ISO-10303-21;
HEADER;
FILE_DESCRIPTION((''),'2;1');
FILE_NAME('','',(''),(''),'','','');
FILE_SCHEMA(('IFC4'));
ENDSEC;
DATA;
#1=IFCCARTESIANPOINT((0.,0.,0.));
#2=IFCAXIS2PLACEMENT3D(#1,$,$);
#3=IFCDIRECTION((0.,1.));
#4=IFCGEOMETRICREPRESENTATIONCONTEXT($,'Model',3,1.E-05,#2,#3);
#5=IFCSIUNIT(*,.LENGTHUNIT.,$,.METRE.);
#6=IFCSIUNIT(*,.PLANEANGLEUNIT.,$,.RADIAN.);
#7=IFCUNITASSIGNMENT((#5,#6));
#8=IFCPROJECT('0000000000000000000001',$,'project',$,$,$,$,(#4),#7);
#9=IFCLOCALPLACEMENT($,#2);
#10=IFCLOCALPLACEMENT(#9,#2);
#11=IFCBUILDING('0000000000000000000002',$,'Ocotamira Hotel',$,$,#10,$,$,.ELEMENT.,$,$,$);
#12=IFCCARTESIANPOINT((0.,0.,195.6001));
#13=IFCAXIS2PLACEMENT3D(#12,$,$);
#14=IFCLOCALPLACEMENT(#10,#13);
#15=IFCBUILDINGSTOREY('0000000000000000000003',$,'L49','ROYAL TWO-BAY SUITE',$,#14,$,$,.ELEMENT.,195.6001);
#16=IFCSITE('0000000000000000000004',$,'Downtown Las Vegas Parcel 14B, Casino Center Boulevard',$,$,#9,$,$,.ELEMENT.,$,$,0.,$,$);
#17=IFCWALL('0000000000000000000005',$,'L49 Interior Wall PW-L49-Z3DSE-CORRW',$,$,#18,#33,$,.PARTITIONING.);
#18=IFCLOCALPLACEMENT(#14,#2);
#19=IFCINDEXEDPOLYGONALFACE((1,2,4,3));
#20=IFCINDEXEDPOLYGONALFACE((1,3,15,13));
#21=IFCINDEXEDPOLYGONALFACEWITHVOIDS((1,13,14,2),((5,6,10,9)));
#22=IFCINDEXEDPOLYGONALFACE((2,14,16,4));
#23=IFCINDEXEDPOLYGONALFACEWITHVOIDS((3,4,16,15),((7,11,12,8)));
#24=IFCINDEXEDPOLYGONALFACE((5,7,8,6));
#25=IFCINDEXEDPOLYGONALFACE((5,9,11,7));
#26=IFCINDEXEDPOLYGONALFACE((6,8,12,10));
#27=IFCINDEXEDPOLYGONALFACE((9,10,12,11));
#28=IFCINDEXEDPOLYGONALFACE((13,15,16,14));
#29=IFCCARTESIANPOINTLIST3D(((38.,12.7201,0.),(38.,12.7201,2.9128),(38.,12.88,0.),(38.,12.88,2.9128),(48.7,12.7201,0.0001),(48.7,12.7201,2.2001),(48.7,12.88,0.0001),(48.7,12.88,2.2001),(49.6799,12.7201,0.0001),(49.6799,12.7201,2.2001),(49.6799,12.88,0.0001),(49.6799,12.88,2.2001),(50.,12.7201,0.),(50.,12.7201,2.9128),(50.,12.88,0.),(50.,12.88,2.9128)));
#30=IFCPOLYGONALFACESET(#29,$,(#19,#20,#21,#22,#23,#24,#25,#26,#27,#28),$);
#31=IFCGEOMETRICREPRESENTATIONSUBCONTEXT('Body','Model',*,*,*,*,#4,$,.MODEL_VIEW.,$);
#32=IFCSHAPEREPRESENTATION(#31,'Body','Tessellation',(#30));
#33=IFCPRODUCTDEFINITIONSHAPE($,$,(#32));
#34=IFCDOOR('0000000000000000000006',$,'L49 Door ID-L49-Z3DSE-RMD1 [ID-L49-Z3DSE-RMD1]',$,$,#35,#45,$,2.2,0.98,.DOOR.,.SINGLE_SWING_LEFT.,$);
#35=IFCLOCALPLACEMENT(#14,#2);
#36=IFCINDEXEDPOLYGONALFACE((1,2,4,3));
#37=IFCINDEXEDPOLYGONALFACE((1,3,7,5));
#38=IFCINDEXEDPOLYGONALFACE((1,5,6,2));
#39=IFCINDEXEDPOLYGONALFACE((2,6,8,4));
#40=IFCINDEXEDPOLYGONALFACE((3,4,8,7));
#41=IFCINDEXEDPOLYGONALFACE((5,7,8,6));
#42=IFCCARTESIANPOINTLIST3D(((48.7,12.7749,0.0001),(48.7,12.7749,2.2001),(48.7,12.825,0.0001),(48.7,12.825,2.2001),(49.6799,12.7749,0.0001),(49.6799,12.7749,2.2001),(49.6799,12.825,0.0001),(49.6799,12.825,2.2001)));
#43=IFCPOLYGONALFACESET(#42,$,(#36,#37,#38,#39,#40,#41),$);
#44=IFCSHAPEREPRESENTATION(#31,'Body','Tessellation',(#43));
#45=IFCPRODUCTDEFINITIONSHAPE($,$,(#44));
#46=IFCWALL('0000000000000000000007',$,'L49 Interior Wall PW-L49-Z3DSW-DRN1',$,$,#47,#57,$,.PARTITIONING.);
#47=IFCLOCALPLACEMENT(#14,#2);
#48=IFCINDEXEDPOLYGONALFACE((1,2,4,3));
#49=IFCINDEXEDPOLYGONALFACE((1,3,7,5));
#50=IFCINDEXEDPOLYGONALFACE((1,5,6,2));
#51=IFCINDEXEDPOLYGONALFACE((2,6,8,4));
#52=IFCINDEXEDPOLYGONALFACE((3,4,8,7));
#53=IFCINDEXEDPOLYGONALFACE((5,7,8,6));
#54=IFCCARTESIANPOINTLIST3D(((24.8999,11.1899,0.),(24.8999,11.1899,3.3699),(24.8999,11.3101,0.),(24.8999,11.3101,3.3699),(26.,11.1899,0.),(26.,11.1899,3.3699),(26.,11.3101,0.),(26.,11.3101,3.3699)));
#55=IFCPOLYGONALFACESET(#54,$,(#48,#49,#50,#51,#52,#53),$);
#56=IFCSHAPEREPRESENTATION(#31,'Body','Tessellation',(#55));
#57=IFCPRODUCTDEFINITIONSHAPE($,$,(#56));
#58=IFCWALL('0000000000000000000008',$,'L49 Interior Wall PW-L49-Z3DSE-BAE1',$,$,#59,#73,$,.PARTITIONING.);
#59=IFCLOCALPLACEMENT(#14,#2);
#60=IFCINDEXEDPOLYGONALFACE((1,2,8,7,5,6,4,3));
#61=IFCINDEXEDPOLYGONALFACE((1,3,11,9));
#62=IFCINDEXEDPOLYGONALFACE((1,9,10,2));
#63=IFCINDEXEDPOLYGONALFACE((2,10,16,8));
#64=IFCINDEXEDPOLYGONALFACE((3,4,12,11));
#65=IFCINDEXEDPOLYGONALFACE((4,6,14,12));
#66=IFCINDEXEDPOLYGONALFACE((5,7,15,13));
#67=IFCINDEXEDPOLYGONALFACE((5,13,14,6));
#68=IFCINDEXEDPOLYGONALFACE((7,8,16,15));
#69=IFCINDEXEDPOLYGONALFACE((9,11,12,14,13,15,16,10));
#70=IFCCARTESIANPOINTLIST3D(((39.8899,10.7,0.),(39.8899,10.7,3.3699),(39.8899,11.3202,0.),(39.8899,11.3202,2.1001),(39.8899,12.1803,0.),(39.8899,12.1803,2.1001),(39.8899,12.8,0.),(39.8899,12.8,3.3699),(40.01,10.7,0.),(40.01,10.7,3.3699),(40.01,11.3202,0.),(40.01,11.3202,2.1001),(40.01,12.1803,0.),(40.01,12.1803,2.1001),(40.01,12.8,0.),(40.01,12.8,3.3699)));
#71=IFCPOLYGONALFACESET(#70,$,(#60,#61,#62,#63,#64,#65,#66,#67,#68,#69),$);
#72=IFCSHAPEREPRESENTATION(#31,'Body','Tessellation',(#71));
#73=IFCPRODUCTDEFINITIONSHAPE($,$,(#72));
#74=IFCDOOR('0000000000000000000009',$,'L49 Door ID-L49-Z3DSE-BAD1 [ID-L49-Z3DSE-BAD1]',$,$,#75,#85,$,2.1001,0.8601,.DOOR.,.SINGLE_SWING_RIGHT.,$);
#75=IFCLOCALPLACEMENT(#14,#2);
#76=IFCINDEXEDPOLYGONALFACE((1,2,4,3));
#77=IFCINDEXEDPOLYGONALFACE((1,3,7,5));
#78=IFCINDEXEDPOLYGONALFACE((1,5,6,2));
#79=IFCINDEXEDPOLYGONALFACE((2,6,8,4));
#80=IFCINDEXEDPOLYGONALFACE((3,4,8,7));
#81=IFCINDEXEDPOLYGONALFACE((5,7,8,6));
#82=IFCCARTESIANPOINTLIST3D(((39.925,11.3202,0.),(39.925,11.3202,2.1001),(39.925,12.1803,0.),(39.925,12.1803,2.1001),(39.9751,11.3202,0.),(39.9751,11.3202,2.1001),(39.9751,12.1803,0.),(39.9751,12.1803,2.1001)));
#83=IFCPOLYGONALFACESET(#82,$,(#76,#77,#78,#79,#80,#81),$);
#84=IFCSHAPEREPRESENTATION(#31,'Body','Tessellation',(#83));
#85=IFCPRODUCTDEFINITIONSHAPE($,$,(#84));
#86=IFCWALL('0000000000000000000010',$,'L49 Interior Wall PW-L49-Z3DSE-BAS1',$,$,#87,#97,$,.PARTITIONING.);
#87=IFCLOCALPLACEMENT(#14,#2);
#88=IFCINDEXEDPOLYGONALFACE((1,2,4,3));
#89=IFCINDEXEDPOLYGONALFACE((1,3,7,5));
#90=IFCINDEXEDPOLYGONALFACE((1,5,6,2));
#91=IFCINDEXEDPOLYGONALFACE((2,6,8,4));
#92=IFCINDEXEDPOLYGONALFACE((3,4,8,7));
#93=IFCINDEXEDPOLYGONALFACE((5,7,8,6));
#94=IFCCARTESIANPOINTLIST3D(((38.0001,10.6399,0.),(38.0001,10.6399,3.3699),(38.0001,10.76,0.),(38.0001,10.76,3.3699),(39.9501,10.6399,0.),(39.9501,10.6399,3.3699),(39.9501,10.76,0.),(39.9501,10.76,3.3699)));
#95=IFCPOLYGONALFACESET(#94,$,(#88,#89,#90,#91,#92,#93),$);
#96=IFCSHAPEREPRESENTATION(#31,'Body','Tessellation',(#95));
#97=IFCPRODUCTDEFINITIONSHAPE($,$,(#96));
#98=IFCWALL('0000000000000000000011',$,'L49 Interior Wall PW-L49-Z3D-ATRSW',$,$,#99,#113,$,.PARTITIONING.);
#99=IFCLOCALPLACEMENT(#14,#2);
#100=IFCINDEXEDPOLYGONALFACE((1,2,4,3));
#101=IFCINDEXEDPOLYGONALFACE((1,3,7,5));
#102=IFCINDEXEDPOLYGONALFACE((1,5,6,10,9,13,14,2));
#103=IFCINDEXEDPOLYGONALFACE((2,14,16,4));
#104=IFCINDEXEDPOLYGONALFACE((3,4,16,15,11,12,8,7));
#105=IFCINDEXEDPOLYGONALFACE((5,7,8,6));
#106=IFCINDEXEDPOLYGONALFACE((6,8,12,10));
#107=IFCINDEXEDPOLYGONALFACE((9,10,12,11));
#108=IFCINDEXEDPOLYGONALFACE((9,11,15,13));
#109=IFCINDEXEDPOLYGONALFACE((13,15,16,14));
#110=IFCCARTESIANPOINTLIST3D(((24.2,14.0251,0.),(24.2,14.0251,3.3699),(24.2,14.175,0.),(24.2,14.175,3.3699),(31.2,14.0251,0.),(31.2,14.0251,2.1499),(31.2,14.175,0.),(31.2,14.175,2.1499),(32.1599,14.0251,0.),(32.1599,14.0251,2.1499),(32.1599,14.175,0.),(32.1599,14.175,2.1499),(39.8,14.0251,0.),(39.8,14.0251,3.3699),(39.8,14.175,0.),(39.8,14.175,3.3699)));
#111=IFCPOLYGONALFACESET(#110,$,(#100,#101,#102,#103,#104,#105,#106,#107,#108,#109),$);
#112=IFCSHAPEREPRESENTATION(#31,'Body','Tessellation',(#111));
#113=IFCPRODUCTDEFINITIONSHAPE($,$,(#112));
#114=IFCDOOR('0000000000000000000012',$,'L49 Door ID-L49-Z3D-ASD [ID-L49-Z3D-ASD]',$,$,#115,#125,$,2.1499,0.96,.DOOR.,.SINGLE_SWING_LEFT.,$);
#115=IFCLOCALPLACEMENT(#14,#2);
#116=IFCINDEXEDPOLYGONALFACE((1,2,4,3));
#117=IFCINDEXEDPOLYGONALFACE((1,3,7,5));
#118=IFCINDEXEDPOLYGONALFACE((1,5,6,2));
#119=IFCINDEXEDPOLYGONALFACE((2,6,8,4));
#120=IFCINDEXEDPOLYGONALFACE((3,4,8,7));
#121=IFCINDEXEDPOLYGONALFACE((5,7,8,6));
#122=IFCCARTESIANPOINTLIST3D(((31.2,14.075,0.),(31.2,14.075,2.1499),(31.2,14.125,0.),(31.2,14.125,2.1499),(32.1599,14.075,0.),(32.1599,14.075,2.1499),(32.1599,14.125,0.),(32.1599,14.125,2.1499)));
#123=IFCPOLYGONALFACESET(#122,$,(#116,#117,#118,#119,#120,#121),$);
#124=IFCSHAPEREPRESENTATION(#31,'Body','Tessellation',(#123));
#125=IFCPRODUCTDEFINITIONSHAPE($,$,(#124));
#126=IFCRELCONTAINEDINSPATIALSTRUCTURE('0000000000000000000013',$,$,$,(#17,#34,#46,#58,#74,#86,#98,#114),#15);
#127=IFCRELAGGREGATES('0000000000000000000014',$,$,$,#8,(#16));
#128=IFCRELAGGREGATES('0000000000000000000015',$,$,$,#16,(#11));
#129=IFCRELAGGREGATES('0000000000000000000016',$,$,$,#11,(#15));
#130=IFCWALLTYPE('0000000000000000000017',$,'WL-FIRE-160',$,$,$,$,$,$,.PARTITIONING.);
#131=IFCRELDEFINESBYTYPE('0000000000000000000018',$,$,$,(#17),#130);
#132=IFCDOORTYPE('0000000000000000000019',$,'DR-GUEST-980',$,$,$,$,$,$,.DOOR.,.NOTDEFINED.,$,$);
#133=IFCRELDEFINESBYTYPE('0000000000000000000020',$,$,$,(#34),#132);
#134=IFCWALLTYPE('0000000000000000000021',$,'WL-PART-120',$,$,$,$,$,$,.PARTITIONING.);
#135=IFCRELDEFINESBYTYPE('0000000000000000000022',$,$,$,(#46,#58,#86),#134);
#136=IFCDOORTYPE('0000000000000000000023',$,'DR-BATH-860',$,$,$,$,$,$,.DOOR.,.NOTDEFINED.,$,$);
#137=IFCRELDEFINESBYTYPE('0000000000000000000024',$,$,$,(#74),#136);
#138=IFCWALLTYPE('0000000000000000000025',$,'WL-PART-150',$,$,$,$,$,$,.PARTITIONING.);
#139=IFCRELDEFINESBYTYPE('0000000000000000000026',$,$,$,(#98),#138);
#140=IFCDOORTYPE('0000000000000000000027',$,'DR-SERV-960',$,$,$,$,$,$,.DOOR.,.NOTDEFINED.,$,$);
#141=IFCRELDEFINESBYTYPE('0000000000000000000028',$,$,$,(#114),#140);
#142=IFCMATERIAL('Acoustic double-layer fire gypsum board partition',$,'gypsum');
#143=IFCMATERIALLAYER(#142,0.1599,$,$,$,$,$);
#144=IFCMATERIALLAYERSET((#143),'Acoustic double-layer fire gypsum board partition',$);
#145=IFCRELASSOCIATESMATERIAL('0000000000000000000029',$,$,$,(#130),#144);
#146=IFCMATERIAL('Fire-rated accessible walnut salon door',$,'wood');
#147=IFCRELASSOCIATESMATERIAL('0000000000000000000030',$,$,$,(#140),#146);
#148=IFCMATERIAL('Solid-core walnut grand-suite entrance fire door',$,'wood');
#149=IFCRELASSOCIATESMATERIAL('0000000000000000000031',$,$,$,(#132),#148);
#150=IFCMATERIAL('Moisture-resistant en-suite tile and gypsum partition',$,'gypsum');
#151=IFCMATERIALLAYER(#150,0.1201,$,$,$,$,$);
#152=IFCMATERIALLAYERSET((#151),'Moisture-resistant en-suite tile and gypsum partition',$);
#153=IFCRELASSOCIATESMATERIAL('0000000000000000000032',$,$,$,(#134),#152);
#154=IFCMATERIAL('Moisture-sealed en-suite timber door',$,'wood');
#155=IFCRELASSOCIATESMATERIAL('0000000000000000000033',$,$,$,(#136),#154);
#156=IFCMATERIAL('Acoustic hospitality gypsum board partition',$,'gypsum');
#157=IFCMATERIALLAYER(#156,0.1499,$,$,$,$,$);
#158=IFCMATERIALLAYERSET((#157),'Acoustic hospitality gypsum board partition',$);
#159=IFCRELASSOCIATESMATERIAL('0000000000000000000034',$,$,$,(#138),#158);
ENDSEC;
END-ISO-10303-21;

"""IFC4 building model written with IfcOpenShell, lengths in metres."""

from ifc_helpers import new_model, si_unit, direction, frame, frame_2d, origin, place, context, subcontext, project, spatial, rectangle, extrude, source, transform, mapped, material, layer, layer_set, type_object, element, fill, save


model = new_model("IFC4")

# Units and contexts
model_context = context("Model", 3, precision=1e-05, world=origin(), true_north=direction((0.0, 1.0)))
body_context = subcontext(model_context, "Body", "Model", "MODEL_VIEW")
ifc_project = project(units=[si_unit("LENGTHUNIT", "METRE"), si_unit("PLANEANGLEUNIT", "RADIAN")], contexts=[model_context])

# Site, building, storey
site_placement = place(None, origin())
site = spatial("IfcSite", under=ifc_project, at=site_placement, Name="Downtown Las Vegas Parcel 14B, Casino Center Boulevard", CompositionType="ELEMENT", RefElevation=0.0)
building_placement = place(site_placement, origin())
building = spatial("IfcBuilding", under=site, at=building_placement, Name="Ocotamira Hotel", CompositionType="ELEMENT")
storey_placement = place(building_placement, frame((0.0, 0.0, 195.6001)))
storey = spatial("IfcBuildingStorey", under=building, at=storey_placement, Name="L49", Description="ROYAL TWO-BAY SUITE", CompositionType="ELEMENT", Elevation=195.6001)

# Wall, opening, door
ifc_material_1 = material(Name="Acoustic double-layer fire gypsum board partition", Category="gypsum")
ifc_layer_1 = layer(ifc_material_1, 0.1599)
ifc_layer_set_1 = layer_set([ifc_layer_1], Name="Acoustic double-layer fire gypsum board partition")
wall_type_1 = type_object("IfcWallType", Name="WL-FIRE-160", PredefinedType="PARTITIONING", material=ifc_layer_set_1)
ifc_material_2 = material(Name="Fire-rated accessible walnut salon door", Category="wood")
door_type_1 = type_object("IfcDoorType", Name="DR-SERV-960", OperationType="NOTDEFINED", PredefinedType="DOOR", material=ifc_material_2)
shared_shape_1 = source(origin(), body_context, "Body", "SweptSolid", [
    extrude(rectangle(XDim=0.96, YDim=2.1499, at=frame_2d((0.48, 1.075))), frame((0.0, 0.0249, 0.0), z_axis=(0.0, -1.0, 0.0), x_axis=(1.0, 0.0, 0.0)), (0.0, 0.0, 1.0), 0.05),
])
wall_1_placement = place(storey_placement, frame((38.0, 12.8, 0.0), z_axis=(0.0, 0.0, 1.0), x_axis=(1.0, 0.0, 0.0)))
wall_1 = element("IfcWall", 1, at=wall_1_placement, inside=storey, type_object=wall_type_1, Name="L49 Interior Wall PW-L49-Z3DSE-CORRW", PredefinedType="PARTITIONING", context=body_context, shape_type="SweptSolid", body=[
    extrude(rectangle(XDim=12.0, YDim=0.1599, at=frame_2d((6.0, 0.0))), origin(), (0.0, 0.0, 1.0), 2.9128),
])
opening_1_placement = place(wall_1_placement, frame((10.7, 0.0, 0.0)))
opening_1 = element("IfcOpeningElement", 2, at=opening_1_placement, cuts=wall_1, PredefinedType="OPENING", context=body_context, shape_type="SweptSolid", body=[
    extrude(rectangle(XDim=0.98, YDim=2.2, at=frame_2d((0.49, 1.1001))), frame((0.0, 0.0898, 0.0), z_axis=(0.0, -1.0, 0.0), x_axis=(1.0, 0.0, 0.0)), (0.0, 0.0, 1.0), 0.1799),
])
ifc_material_3 = material(Name="Solid-core walnut grand-suite entrance fire door", Category="wood")
door_type_2 = type_object("IfcDoorType", Name="DR-GUEST-980", OperationType="NOTDEFINED", PredefinedType="DOOR", material=ifc_material_3)
shared_shape_2 = source(origin(), body_context, "Body", "SweptSolid", [
    extrude(rectangle(XDim=0.98, YDim=2.2, at=frame_2d((0.49, 1.1001))), frame((0.0, 0.0249, 0.0), z_axis=(0.0, -1.0, 0.0), x_axis=(1.0, 0.0, 0.0)), (0.0, 0.0, 1.0), 0.05),
])
door_1_placement = place(opening_1_placement, origin())
door_1 = element("IfcDoor", 3, at=door_1_placement, inside=storey, type_object=door_type_2, Name="L49 Door ID-L49-Z3DSE-RMD1 [ID-L49-Z3DSE-RMD1]", OperationType="SINGLE_SWING_LEFT", OverallHeight=2.2, OverallWidth=0.98, PredefinedType="DOOR", context=body_context, shape_type="MappedRepresentation", body=[
    mapped(shared_shape_2, transform((0.0, 0.0, 0.0), scale=1.0)),
])
fill(opening_1, door_1)

# Wall
ifc_material_4 = material(Name="Moisture-resistant en-suite tile and gypsum partition", Category="gypsum")
ifc_layer_2 = layer(ifc_material_4, 0.1201)
ifc_layer_set_2 = layer_set([ifc_layer_2], Name="Moisture-resistant en-suite tile and gypsum partition")
wall_type_2 = type_object("IfcWallType", Name="WL-PART-120", PredefinedType="PARTITIONING", material=ifc_layer_set_2)
wall_2_placement = place(storey_placement, frame((24.8999, 11.25, 0.0), z_axis=(0.0, 0.0, 1.0), x_axis=(1.0, 0.0, 0.0)))
element("IfcWall", 4, at=wall_2_placement, inside=storey, type_object=wall_type_2, Name="L49 Interior Wall PW-L49-Z3DSW-DRN1", PredefinedType="PARTITIONING", context=body_context, shape_type="SweptSolid", body=[
    extrude(rectangle(XDim=1.1001, YDim=0.1201, at=frame_2d((0.55, 0.0))), origin(), (0.0, 0.0, 1.0), 3.3699),
])

# Wall, opening, door
wall_3_placement = place(storey_placement, frame((39.95, 10.7, 0.0), z_axis=(0.0, 0.0, 1.0), x_axis=(0.0, 1.0, 0.0)))
wall_3 = element("IfcWall", 5, at=wall_3_placement, inside=storey, type_object=wall_type_2, Name="L49 Interior Wall PW-L49-Z3DSE-BAE1", PredefinedType="PARTITIONING", context=body_context, shape_type="SweptSolid", body=[
    extrude(rectangle(XDim=2.1001, YDim=0.1201, at=frame_2d((1.05, 0.0))), origin(), (0.0, 0.0, 1.0), 3.3699),
])
opening_2_placement = place(wall_3_placement, frame((0.6201, 0.0, 0.0)))
opening_2 = element("IfcOpeningElement", 6, at=opening_2_placement, cuts=wall_3, PredefinedType="OPENING", context=body_context, shape_type="SweptSolid", body=[
    extrude(rectangle(XDim=0.8601, YDim=2.1001, at=frame_2d((0.4302, 1.05))), frame((0.0, 0.0701, 0.0), z_axis=(0.0, -1.0, 0.0), x_axis=(1.0, 0.0, 0.0)), (0.0, 0.0, 1.0), 0.1401),
])
ifc_material_5 = material(Name="Moisture-sealed en-suite timber door", Category="wood")
door_type_3 = type_object("IfcDoorType", Name="DR-BATH-860", OperationType="NOTDEFINED", PredefinedType="DOOR", material=ifc_material_5)
shared_shape_3 = source(origin(), body_context, "Body", "SweptSolid", [
    extrude(rectangle(XDim=0.8601, YDim=2.1001, at=frame_2d((0.4302, 1.05))), frame((0.0, 0.0249, 0.0), z_axis=(0.0, -1.0, 0.0), x_axis=(1.0, 0.0, 0.0)), (0.0, 0.0, 1.0), 0.05),
])
door_2_placement = place(opening_2_placement, origin())
door_2 = element("IfcDoor", 7, at=door_2_placement, inside=storey, type_object=door_type_3, Name="L49 Door ID-L49-Z3DSE-BAD1 [ID-L49-Z3DSE-BAD1]", OperationType="SINGLE_SWING_RIGHT", OverallHeight=2.1001, OverallWidth=0.8601, PredefinedType="DOOR", context=body_context, shape_type="MappedRepresentation", body=[
    mapped(shared_shape_3, transform((0.0, 0.0, 0.0), scale=1.0)),
])
fill(opening_2, door_2)

# Wall
wall_4_placement = place(storey_placement, frame((38.0, 10.7, 0.0), z_axis=(0.0, 0.0, 1.0), x_axis=(1.0, 0.0, 0.0)))
element("IfcWall", 8, at=wall_4_placement, inside=storey, type_object=wall_type_2, Name="L49 Interior Wall PW-L49-Z3DSE-BAS1", PredefinedType="PARTITIONING", context=body_context, shape_type="SweptSolid", body=[
    extrude(rectangle(XDim=1.95, YDim=0.1201, at=frame_2d((0.9751, 0.0))), origin(), (0.0, 0.0, 1.0), 3.3699),
])

# Wall, opening, door
ifc_material_6 = material(Name="Acoustic hospitality gypsum board partition", Category="gypsum")
ifc_layer_3 = layer(ifc_material_6, 0.1499)
ifc_layer_set_3 = layer_set([ifc_layer_3], Name="Acoustic hospitality gypsum board partition")
wall_type_3 = type_object("IfcWallType", Name="WL-PART-150", PredefinedType="PARTITIONING", material=ifc_layer_set_3)
wall_5_placement = place(storey_placement, frame((24.2, 14.1001, 0.0), z_axis=(0.0, 0.0, 1.0), x_axis=(1.0, 0.0, 0.0)))
wall_5 = element("IfcWall", 9, at=wall_5_placement, inside=storey, type_object=wall_type_3, Name="L49 Interior Wall PW-L49-Z3D-ATRSW", PredefinedType="PARTITIONING", context=body_context, shape_type="SweptSolid", body=[
    extrude(rectangle(XDim=15.6001, YDim=0.1499, at=frame_2d((7.8, 0.0))), origin(), (0.0, 0.0, 1.0), 3.3699),
])
opening_3_placement = place(wall_5_placement, frame((7.0, 0.0, 0.0)))
opening_3 = element("IfcOpeningElement", 10, at=opening_3_placement, cuts=wall_5, PredefinedType="OPENING", context=body_context, shape_type="SweptSolid", body=[
    extrude(rectangle(XDim=0.96, YDim=2.1499, at=frame_2d((0.48, 1.075))), frame((0.0, 0.085, 0.0), z_axis=(0.0, -1.0, 0.0), x_axis=(1.0, 0.0, 0.0)), (0.0, 0.0, 1.0), 0.1699),
])
door_3_placement = place(opening_3_placement, origin())
door_3 = element("IfcDoor", 11, at=door_3_placement, inside=storey, type_object=door_type_1, Name="L49 Door ID-L49-Z3D-ASD [ID-L49-Z3D-ASD]", OperationType="SINGLE_SWING_LEFT", OverallHeight=2.1499, OverallWidth=0.96, PredefinedType="DOOR", context=body_context, shape_type="MappedRepresentation", body=[
    mapped(shared_shape_1, transform((0.0, 0.0, 0.0), scale=1.0)),
])
fill(opening_3, door_3)

save(model, "model.ifc")
